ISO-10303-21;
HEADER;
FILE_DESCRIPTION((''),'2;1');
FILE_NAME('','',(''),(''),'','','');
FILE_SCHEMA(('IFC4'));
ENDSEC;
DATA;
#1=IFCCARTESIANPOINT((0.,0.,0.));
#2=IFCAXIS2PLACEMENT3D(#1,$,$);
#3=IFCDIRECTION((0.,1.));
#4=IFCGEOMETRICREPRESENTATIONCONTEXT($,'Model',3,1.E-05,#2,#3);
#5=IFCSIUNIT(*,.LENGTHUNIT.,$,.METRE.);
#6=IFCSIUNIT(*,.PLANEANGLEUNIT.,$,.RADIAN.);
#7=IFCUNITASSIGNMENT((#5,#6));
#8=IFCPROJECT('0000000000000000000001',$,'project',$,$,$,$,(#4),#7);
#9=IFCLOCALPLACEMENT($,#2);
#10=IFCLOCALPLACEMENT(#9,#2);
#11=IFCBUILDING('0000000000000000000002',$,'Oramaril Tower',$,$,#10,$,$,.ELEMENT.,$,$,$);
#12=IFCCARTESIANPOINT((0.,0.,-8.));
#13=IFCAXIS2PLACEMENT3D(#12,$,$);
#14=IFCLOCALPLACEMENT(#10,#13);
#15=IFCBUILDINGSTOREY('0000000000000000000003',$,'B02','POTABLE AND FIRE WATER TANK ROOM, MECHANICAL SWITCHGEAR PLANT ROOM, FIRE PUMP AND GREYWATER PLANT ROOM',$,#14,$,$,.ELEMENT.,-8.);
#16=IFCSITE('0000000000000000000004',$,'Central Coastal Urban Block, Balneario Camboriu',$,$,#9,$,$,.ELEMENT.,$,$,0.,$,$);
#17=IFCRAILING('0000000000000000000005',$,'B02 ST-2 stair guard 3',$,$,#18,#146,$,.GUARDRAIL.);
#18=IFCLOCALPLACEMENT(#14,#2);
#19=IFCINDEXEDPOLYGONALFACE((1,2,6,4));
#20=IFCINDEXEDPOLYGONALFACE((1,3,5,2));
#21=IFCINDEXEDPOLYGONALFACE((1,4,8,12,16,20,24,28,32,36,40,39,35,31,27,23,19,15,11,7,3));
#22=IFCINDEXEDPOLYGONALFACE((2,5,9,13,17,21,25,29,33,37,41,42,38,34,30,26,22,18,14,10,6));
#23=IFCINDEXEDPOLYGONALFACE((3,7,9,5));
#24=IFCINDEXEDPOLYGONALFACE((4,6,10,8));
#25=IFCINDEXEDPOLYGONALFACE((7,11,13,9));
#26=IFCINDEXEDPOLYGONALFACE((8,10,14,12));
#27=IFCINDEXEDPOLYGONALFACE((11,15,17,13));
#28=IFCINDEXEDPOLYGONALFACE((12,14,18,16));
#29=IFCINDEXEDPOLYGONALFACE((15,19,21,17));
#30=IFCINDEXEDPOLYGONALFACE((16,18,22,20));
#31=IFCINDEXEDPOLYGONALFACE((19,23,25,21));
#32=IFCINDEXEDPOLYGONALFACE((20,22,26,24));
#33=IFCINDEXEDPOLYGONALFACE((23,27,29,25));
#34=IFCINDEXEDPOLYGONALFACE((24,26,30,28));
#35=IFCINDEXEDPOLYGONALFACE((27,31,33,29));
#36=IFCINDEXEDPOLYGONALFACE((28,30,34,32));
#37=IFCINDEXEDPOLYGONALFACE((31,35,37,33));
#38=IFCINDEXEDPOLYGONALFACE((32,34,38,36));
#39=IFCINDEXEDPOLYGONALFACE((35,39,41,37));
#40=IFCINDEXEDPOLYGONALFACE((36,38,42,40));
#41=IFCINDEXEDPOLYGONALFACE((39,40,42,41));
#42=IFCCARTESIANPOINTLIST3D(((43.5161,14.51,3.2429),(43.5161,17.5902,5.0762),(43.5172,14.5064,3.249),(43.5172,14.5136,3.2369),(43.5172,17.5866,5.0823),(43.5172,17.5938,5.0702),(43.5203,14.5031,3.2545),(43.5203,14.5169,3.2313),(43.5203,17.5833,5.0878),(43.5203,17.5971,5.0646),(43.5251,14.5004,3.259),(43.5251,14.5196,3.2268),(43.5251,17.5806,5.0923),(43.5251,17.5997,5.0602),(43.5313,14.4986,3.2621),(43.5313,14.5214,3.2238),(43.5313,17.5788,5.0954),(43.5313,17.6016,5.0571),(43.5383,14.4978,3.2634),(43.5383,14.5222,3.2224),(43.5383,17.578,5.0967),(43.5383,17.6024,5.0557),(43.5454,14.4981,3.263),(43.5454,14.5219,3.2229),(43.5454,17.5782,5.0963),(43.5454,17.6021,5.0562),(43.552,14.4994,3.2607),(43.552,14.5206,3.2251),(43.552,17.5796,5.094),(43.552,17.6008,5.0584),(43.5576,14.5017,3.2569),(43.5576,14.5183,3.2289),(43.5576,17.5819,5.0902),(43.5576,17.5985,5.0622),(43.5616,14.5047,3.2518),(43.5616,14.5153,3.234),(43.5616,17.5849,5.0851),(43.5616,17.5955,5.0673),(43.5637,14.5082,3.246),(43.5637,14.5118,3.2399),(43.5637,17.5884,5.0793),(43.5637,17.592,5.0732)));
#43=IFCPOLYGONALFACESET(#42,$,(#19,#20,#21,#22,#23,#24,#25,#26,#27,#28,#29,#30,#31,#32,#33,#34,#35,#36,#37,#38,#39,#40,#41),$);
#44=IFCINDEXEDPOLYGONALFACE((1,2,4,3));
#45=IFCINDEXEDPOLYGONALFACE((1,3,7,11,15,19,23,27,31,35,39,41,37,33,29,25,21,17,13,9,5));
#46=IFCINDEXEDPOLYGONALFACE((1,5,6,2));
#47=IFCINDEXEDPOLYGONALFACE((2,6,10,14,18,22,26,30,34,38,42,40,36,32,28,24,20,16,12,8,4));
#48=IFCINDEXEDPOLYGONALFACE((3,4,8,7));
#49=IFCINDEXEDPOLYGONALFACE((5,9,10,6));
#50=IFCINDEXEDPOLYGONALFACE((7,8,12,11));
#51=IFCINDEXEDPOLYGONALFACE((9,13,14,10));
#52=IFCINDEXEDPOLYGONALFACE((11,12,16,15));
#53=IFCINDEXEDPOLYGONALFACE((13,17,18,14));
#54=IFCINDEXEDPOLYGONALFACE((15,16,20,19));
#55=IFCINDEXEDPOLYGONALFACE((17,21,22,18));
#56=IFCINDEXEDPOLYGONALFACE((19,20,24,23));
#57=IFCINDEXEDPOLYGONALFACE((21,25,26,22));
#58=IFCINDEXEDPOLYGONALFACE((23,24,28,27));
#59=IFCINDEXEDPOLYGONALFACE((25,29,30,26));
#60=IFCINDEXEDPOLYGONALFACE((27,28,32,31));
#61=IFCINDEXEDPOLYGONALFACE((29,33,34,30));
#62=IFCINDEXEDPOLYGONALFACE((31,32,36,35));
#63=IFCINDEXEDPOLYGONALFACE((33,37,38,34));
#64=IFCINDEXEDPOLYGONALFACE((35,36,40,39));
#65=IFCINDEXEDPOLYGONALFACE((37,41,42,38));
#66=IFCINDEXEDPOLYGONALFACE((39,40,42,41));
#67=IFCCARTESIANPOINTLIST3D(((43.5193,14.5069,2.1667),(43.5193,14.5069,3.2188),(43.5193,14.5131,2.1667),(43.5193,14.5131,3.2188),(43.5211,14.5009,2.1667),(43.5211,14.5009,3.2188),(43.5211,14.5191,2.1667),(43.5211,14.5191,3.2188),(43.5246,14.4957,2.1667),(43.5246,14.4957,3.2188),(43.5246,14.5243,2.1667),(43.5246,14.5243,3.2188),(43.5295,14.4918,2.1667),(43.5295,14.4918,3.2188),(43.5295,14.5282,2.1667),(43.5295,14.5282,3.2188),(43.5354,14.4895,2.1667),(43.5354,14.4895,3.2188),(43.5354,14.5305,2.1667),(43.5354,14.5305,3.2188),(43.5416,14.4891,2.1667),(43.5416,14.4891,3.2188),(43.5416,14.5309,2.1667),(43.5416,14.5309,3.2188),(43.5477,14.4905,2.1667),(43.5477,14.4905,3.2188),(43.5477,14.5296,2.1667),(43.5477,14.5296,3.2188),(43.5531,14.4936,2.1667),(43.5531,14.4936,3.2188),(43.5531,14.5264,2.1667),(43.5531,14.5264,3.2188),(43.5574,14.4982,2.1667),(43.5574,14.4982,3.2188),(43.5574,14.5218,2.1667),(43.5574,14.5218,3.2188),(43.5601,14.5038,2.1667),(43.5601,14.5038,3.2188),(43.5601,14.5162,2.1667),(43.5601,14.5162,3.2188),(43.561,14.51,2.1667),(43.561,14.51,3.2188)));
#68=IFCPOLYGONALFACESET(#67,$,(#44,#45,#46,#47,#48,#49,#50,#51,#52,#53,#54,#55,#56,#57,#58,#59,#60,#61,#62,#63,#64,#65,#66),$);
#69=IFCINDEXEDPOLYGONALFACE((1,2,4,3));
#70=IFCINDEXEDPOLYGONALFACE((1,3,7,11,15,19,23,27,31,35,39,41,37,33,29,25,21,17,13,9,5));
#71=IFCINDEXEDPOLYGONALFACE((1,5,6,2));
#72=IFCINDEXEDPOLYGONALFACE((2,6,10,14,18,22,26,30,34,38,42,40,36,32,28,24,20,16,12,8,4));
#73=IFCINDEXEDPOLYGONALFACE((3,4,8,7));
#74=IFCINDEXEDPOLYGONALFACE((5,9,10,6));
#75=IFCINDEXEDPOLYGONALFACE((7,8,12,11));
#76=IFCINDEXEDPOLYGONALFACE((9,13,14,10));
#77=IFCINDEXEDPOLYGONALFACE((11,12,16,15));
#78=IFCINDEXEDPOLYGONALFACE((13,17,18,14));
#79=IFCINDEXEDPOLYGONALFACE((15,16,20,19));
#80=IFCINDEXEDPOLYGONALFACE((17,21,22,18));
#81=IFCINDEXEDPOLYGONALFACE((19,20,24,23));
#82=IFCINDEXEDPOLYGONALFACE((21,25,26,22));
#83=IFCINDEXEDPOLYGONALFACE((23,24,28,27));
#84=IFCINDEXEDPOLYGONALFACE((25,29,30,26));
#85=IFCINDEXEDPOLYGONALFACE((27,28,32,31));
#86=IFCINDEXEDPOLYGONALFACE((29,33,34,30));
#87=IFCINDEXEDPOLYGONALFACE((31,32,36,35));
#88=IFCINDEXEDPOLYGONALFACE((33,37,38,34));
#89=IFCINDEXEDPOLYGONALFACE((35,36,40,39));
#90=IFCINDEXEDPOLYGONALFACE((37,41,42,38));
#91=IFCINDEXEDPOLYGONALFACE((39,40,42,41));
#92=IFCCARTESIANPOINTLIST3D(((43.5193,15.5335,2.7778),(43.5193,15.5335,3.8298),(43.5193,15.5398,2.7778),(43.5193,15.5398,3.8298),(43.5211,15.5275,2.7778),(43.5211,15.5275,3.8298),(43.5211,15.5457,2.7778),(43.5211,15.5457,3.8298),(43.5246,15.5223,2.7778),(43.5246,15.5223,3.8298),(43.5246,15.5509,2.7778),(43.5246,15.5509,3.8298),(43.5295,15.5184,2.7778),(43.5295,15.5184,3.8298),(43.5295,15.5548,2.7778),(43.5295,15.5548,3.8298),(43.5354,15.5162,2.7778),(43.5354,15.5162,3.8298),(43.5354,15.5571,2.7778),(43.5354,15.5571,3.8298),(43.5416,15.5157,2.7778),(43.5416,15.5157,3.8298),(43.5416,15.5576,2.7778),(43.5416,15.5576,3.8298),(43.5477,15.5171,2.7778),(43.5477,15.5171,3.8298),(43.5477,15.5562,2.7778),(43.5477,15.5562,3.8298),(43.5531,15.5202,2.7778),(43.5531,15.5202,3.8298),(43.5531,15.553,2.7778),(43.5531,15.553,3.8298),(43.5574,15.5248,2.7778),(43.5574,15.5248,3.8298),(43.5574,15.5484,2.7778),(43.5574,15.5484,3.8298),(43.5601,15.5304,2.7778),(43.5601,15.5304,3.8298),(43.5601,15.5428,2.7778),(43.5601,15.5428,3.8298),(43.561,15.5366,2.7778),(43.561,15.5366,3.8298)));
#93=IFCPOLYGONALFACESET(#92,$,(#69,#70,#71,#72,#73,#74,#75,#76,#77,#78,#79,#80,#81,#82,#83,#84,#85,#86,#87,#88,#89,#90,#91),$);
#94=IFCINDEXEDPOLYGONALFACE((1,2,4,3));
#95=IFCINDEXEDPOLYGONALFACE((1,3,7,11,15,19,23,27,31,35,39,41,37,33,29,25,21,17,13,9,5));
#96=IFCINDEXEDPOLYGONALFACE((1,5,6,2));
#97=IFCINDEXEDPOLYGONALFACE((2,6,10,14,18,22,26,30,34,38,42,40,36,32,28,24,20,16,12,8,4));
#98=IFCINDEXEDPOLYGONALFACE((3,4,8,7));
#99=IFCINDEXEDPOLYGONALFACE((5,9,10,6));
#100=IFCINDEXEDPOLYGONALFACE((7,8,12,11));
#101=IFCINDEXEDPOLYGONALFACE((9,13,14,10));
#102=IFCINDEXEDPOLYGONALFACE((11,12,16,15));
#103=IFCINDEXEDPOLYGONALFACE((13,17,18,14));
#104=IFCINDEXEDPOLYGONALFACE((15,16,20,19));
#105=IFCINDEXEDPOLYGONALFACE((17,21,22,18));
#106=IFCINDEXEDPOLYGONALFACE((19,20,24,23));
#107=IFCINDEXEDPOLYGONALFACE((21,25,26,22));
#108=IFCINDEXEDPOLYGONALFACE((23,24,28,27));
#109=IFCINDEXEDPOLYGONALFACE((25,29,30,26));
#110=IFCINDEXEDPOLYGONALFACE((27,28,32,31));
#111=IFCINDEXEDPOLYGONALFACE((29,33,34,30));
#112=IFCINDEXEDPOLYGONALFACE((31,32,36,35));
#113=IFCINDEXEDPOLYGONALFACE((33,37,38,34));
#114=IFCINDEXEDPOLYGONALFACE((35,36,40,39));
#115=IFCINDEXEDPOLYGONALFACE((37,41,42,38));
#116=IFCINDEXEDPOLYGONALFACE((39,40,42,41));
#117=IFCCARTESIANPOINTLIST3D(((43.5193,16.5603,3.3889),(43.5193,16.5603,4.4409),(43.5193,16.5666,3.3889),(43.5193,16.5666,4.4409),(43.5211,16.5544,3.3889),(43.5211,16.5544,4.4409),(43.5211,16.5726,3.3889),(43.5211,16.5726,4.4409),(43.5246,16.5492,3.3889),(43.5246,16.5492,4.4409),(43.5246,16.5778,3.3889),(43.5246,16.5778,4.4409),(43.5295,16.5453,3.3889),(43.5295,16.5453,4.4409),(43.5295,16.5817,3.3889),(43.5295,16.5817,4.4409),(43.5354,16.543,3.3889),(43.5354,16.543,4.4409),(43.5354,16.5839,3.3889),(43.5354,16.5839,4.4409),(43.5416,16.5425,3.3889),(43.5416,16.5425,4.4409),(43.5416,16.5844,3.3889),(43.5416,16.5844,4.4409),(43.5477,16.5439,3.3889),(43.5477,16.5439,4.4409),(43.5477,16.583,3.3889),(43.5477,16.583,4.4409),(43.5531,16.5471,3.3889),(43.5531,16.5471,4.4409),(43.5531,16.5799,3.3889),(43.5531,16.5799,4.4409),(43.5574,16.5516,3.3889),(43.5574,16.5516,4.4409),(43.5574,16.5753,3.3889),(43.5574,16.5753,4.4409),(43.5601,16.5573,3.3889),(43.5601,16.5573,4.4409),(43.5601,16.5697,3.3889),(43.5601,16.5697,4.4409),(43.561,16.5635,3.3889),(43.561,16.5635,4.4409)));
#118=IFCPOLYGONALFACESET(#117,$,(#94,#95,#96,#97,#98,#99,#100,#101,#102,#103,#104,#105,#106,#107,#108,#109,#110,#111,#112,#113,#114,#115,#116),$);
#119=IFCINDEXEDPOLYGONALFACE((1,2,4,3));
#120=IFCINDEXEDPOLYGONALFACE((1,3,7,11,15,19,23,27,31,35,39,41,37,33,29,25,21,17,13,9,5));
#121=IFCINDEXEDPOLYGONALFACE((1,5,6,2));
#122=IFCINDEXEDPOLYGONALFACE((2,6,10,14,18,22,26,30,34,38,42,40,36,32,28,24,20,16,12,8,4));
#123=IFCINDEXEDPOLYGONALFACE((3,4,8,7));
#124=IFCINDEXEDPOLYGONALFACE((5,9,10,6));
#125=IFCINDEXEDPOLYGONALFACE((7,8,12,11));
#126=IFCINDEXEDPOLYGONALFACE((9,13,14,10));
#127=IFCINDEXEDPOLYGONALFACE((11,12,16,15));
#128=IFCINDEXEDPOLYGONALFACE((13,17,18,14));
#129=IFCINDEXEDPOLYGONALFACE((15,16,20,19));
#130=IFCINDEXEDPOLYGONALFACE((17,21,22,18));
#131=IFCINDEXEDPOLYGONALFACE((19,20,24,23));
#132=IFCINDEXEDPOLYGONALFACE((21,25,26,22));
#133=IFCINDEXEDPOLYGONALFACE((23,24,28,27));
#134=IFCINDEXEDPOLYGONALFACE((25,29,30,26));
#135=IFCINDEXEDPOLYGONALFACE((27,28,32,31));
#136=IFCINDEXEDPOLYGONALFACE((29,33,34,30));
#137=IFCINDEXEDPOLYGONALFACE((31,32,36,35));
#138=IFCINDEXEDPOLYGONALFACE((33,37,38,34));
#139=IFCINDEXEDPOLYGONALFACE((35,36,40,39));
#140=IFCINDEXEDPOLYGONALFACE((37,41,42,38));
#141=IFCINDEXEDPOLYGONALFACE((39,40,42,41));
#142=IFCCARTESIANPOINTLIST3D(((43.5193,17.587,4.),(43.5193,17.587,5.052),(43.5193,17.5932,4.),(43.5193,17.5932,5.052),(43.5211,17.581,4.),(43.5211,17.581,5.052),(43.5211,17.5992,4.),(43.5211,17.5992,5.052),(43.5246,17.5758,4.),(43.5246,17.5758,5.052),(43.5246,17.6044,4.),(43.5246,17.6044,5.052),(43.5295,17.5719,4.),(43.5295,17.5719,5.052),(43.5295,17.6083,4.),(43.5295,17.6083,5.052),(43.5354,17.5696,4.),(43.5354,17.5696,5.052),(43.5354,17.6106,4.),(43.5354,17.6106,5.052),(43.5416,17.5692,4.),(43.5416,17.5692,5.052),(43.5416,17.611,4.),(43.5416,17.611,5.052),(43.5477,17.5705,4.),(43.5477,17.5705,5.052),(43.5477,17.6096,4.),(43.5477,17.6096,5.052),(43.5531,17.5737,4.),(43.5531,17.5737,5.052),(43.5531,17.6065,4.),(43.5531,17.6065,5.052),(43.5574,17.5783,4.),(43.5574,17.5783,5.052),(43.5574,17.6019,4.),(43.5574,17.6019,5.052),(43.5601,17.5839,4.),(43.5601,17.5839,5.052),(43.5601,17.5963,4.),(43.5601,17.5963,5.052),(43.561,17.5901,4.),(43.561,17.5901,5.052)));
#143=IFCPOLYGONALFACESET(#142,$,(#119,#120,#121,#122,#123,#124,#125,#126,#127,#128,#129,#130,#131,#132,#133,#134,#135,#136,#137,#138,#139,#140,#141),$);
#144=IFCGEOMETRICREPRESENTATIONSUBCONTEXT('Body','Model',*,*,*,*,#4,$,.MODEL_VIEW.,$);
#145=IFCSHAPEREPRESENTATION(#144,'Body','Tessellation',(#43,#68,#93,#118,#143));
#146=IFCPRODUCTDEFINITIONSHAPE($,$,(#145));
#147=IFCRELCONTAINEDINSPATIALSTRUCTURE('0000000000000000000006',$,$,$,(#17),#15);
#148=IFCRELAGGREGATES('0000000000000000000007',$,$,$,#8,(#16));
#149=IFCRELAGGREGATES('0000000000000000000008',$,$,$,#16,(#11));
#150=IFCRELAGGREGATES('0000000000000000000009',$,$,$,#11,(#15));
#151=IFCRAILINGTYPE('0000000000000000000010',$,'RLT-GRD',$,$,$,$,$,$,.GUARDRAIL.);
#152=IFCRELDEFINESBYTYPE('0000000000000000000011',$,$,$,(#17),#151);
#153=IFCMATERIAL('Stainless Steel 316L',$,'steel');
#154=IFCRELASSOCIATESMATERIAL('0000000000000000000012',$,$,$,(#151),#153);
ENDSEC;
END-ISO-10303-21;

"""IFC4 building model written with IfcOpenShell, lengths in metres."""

from ifc_helpers import new_model, si_unit, direction, frame, origin, origin_2d, place, context, subcontext, project, spatial, circle, extrude, material, type_object, element, save


model = new_model("IFC4")

# Units and contexts
model_context = context("Model", 3, precision=1e-05, world=origin(), true_north=direction((0.0, 1.0)))
body_context = subcontext(model_context, "Body", "Model", "MODEL_VIEW")
ifc_project = project(units=[si_unit("LENGTHUNIT", "METRE"), si_unit("PLANEANGLEUNIT", "RADIAN")], contexts=[model_context])

# Site, building, storey
site_placement = place(None, origin())
site = spatial("IfcSite", under=ifc_project, at=site_placement, Name="Central Coastal Urban Block, Balneario Camboriu", CompositionType="ELEMENT", RefElevation=0.0)
building_placement = place(site_placement, origin())
building = spatial("IfcBuilding", under=site, at=building_placement, Name="Oramaril Tower", CompositionType="ELEMENT")
storey_placement = place(building_placement, frame((0.0, 0.0, -8.0)))
storey = spatial("IfcBuildingStorey", under=building, at=storey_placement, Name="B02", Description="POTABLE AND FIRE WATER TANK ROOM, MECHANICAL SWITCHGEAR PLANT ROOM, FIRE PUMP AND GREYWATER PLANT ROOM", CompositionType="ELEMENT", Elevation=-8.0)

# Railing
ifc_material_1 = material(Name="Stainless Steel 316L", Category="steel")
railing_type_1 = type_object("IfcRailingType", Name="RLT-GRD", PredefinedType="GUARDRAIL", material=ifc_material_1)
railing_1_placement = place(storey_placement, frame((43.54, 14.51, 2.1667)))
element("IfcRailing", 1, at=railing_1_placement, inside=storey, type_object=railing_type_1, Name="B02 ST-2 stair guard 3", PredefinedType="GUARDRAIL", context=body_context, shape_type="SweptSolid", body=[
    extrude(circle(Radius=0.0239, at=origin_2d()), frame((0.0, 0.0, 1.0762), z_axis=(0.0, 0.859309, 0.511458), x_axis=(-1.0, 0.0, 0.0)), (0.0, 0.0, 1.0), 3.5845),
    extrude(circle(Radius=0.021, at=origin_2d()), origin(), (0.0, 0.0, 1.0), 1.052),
    extrude(circle(Radius=0.021, at=origin_2d()), frame((0.0, 1.0266, 0.6111)), (0.0, 0.0, 1.0), 1.052),
    extrude(circle(Radius=0.021, at=origin_2d()), frame((0.0, 2.0535, 1.2222)), (0.0, 0.0, 1.0), 1.052),
    extrude(circle(Radius=0.021, at=origin_2d()), frame((0.0, 3.0801, 1.8333)), (0.0, 0.0, 1.0), 1.052),
])

save(model, "model.ifc")
